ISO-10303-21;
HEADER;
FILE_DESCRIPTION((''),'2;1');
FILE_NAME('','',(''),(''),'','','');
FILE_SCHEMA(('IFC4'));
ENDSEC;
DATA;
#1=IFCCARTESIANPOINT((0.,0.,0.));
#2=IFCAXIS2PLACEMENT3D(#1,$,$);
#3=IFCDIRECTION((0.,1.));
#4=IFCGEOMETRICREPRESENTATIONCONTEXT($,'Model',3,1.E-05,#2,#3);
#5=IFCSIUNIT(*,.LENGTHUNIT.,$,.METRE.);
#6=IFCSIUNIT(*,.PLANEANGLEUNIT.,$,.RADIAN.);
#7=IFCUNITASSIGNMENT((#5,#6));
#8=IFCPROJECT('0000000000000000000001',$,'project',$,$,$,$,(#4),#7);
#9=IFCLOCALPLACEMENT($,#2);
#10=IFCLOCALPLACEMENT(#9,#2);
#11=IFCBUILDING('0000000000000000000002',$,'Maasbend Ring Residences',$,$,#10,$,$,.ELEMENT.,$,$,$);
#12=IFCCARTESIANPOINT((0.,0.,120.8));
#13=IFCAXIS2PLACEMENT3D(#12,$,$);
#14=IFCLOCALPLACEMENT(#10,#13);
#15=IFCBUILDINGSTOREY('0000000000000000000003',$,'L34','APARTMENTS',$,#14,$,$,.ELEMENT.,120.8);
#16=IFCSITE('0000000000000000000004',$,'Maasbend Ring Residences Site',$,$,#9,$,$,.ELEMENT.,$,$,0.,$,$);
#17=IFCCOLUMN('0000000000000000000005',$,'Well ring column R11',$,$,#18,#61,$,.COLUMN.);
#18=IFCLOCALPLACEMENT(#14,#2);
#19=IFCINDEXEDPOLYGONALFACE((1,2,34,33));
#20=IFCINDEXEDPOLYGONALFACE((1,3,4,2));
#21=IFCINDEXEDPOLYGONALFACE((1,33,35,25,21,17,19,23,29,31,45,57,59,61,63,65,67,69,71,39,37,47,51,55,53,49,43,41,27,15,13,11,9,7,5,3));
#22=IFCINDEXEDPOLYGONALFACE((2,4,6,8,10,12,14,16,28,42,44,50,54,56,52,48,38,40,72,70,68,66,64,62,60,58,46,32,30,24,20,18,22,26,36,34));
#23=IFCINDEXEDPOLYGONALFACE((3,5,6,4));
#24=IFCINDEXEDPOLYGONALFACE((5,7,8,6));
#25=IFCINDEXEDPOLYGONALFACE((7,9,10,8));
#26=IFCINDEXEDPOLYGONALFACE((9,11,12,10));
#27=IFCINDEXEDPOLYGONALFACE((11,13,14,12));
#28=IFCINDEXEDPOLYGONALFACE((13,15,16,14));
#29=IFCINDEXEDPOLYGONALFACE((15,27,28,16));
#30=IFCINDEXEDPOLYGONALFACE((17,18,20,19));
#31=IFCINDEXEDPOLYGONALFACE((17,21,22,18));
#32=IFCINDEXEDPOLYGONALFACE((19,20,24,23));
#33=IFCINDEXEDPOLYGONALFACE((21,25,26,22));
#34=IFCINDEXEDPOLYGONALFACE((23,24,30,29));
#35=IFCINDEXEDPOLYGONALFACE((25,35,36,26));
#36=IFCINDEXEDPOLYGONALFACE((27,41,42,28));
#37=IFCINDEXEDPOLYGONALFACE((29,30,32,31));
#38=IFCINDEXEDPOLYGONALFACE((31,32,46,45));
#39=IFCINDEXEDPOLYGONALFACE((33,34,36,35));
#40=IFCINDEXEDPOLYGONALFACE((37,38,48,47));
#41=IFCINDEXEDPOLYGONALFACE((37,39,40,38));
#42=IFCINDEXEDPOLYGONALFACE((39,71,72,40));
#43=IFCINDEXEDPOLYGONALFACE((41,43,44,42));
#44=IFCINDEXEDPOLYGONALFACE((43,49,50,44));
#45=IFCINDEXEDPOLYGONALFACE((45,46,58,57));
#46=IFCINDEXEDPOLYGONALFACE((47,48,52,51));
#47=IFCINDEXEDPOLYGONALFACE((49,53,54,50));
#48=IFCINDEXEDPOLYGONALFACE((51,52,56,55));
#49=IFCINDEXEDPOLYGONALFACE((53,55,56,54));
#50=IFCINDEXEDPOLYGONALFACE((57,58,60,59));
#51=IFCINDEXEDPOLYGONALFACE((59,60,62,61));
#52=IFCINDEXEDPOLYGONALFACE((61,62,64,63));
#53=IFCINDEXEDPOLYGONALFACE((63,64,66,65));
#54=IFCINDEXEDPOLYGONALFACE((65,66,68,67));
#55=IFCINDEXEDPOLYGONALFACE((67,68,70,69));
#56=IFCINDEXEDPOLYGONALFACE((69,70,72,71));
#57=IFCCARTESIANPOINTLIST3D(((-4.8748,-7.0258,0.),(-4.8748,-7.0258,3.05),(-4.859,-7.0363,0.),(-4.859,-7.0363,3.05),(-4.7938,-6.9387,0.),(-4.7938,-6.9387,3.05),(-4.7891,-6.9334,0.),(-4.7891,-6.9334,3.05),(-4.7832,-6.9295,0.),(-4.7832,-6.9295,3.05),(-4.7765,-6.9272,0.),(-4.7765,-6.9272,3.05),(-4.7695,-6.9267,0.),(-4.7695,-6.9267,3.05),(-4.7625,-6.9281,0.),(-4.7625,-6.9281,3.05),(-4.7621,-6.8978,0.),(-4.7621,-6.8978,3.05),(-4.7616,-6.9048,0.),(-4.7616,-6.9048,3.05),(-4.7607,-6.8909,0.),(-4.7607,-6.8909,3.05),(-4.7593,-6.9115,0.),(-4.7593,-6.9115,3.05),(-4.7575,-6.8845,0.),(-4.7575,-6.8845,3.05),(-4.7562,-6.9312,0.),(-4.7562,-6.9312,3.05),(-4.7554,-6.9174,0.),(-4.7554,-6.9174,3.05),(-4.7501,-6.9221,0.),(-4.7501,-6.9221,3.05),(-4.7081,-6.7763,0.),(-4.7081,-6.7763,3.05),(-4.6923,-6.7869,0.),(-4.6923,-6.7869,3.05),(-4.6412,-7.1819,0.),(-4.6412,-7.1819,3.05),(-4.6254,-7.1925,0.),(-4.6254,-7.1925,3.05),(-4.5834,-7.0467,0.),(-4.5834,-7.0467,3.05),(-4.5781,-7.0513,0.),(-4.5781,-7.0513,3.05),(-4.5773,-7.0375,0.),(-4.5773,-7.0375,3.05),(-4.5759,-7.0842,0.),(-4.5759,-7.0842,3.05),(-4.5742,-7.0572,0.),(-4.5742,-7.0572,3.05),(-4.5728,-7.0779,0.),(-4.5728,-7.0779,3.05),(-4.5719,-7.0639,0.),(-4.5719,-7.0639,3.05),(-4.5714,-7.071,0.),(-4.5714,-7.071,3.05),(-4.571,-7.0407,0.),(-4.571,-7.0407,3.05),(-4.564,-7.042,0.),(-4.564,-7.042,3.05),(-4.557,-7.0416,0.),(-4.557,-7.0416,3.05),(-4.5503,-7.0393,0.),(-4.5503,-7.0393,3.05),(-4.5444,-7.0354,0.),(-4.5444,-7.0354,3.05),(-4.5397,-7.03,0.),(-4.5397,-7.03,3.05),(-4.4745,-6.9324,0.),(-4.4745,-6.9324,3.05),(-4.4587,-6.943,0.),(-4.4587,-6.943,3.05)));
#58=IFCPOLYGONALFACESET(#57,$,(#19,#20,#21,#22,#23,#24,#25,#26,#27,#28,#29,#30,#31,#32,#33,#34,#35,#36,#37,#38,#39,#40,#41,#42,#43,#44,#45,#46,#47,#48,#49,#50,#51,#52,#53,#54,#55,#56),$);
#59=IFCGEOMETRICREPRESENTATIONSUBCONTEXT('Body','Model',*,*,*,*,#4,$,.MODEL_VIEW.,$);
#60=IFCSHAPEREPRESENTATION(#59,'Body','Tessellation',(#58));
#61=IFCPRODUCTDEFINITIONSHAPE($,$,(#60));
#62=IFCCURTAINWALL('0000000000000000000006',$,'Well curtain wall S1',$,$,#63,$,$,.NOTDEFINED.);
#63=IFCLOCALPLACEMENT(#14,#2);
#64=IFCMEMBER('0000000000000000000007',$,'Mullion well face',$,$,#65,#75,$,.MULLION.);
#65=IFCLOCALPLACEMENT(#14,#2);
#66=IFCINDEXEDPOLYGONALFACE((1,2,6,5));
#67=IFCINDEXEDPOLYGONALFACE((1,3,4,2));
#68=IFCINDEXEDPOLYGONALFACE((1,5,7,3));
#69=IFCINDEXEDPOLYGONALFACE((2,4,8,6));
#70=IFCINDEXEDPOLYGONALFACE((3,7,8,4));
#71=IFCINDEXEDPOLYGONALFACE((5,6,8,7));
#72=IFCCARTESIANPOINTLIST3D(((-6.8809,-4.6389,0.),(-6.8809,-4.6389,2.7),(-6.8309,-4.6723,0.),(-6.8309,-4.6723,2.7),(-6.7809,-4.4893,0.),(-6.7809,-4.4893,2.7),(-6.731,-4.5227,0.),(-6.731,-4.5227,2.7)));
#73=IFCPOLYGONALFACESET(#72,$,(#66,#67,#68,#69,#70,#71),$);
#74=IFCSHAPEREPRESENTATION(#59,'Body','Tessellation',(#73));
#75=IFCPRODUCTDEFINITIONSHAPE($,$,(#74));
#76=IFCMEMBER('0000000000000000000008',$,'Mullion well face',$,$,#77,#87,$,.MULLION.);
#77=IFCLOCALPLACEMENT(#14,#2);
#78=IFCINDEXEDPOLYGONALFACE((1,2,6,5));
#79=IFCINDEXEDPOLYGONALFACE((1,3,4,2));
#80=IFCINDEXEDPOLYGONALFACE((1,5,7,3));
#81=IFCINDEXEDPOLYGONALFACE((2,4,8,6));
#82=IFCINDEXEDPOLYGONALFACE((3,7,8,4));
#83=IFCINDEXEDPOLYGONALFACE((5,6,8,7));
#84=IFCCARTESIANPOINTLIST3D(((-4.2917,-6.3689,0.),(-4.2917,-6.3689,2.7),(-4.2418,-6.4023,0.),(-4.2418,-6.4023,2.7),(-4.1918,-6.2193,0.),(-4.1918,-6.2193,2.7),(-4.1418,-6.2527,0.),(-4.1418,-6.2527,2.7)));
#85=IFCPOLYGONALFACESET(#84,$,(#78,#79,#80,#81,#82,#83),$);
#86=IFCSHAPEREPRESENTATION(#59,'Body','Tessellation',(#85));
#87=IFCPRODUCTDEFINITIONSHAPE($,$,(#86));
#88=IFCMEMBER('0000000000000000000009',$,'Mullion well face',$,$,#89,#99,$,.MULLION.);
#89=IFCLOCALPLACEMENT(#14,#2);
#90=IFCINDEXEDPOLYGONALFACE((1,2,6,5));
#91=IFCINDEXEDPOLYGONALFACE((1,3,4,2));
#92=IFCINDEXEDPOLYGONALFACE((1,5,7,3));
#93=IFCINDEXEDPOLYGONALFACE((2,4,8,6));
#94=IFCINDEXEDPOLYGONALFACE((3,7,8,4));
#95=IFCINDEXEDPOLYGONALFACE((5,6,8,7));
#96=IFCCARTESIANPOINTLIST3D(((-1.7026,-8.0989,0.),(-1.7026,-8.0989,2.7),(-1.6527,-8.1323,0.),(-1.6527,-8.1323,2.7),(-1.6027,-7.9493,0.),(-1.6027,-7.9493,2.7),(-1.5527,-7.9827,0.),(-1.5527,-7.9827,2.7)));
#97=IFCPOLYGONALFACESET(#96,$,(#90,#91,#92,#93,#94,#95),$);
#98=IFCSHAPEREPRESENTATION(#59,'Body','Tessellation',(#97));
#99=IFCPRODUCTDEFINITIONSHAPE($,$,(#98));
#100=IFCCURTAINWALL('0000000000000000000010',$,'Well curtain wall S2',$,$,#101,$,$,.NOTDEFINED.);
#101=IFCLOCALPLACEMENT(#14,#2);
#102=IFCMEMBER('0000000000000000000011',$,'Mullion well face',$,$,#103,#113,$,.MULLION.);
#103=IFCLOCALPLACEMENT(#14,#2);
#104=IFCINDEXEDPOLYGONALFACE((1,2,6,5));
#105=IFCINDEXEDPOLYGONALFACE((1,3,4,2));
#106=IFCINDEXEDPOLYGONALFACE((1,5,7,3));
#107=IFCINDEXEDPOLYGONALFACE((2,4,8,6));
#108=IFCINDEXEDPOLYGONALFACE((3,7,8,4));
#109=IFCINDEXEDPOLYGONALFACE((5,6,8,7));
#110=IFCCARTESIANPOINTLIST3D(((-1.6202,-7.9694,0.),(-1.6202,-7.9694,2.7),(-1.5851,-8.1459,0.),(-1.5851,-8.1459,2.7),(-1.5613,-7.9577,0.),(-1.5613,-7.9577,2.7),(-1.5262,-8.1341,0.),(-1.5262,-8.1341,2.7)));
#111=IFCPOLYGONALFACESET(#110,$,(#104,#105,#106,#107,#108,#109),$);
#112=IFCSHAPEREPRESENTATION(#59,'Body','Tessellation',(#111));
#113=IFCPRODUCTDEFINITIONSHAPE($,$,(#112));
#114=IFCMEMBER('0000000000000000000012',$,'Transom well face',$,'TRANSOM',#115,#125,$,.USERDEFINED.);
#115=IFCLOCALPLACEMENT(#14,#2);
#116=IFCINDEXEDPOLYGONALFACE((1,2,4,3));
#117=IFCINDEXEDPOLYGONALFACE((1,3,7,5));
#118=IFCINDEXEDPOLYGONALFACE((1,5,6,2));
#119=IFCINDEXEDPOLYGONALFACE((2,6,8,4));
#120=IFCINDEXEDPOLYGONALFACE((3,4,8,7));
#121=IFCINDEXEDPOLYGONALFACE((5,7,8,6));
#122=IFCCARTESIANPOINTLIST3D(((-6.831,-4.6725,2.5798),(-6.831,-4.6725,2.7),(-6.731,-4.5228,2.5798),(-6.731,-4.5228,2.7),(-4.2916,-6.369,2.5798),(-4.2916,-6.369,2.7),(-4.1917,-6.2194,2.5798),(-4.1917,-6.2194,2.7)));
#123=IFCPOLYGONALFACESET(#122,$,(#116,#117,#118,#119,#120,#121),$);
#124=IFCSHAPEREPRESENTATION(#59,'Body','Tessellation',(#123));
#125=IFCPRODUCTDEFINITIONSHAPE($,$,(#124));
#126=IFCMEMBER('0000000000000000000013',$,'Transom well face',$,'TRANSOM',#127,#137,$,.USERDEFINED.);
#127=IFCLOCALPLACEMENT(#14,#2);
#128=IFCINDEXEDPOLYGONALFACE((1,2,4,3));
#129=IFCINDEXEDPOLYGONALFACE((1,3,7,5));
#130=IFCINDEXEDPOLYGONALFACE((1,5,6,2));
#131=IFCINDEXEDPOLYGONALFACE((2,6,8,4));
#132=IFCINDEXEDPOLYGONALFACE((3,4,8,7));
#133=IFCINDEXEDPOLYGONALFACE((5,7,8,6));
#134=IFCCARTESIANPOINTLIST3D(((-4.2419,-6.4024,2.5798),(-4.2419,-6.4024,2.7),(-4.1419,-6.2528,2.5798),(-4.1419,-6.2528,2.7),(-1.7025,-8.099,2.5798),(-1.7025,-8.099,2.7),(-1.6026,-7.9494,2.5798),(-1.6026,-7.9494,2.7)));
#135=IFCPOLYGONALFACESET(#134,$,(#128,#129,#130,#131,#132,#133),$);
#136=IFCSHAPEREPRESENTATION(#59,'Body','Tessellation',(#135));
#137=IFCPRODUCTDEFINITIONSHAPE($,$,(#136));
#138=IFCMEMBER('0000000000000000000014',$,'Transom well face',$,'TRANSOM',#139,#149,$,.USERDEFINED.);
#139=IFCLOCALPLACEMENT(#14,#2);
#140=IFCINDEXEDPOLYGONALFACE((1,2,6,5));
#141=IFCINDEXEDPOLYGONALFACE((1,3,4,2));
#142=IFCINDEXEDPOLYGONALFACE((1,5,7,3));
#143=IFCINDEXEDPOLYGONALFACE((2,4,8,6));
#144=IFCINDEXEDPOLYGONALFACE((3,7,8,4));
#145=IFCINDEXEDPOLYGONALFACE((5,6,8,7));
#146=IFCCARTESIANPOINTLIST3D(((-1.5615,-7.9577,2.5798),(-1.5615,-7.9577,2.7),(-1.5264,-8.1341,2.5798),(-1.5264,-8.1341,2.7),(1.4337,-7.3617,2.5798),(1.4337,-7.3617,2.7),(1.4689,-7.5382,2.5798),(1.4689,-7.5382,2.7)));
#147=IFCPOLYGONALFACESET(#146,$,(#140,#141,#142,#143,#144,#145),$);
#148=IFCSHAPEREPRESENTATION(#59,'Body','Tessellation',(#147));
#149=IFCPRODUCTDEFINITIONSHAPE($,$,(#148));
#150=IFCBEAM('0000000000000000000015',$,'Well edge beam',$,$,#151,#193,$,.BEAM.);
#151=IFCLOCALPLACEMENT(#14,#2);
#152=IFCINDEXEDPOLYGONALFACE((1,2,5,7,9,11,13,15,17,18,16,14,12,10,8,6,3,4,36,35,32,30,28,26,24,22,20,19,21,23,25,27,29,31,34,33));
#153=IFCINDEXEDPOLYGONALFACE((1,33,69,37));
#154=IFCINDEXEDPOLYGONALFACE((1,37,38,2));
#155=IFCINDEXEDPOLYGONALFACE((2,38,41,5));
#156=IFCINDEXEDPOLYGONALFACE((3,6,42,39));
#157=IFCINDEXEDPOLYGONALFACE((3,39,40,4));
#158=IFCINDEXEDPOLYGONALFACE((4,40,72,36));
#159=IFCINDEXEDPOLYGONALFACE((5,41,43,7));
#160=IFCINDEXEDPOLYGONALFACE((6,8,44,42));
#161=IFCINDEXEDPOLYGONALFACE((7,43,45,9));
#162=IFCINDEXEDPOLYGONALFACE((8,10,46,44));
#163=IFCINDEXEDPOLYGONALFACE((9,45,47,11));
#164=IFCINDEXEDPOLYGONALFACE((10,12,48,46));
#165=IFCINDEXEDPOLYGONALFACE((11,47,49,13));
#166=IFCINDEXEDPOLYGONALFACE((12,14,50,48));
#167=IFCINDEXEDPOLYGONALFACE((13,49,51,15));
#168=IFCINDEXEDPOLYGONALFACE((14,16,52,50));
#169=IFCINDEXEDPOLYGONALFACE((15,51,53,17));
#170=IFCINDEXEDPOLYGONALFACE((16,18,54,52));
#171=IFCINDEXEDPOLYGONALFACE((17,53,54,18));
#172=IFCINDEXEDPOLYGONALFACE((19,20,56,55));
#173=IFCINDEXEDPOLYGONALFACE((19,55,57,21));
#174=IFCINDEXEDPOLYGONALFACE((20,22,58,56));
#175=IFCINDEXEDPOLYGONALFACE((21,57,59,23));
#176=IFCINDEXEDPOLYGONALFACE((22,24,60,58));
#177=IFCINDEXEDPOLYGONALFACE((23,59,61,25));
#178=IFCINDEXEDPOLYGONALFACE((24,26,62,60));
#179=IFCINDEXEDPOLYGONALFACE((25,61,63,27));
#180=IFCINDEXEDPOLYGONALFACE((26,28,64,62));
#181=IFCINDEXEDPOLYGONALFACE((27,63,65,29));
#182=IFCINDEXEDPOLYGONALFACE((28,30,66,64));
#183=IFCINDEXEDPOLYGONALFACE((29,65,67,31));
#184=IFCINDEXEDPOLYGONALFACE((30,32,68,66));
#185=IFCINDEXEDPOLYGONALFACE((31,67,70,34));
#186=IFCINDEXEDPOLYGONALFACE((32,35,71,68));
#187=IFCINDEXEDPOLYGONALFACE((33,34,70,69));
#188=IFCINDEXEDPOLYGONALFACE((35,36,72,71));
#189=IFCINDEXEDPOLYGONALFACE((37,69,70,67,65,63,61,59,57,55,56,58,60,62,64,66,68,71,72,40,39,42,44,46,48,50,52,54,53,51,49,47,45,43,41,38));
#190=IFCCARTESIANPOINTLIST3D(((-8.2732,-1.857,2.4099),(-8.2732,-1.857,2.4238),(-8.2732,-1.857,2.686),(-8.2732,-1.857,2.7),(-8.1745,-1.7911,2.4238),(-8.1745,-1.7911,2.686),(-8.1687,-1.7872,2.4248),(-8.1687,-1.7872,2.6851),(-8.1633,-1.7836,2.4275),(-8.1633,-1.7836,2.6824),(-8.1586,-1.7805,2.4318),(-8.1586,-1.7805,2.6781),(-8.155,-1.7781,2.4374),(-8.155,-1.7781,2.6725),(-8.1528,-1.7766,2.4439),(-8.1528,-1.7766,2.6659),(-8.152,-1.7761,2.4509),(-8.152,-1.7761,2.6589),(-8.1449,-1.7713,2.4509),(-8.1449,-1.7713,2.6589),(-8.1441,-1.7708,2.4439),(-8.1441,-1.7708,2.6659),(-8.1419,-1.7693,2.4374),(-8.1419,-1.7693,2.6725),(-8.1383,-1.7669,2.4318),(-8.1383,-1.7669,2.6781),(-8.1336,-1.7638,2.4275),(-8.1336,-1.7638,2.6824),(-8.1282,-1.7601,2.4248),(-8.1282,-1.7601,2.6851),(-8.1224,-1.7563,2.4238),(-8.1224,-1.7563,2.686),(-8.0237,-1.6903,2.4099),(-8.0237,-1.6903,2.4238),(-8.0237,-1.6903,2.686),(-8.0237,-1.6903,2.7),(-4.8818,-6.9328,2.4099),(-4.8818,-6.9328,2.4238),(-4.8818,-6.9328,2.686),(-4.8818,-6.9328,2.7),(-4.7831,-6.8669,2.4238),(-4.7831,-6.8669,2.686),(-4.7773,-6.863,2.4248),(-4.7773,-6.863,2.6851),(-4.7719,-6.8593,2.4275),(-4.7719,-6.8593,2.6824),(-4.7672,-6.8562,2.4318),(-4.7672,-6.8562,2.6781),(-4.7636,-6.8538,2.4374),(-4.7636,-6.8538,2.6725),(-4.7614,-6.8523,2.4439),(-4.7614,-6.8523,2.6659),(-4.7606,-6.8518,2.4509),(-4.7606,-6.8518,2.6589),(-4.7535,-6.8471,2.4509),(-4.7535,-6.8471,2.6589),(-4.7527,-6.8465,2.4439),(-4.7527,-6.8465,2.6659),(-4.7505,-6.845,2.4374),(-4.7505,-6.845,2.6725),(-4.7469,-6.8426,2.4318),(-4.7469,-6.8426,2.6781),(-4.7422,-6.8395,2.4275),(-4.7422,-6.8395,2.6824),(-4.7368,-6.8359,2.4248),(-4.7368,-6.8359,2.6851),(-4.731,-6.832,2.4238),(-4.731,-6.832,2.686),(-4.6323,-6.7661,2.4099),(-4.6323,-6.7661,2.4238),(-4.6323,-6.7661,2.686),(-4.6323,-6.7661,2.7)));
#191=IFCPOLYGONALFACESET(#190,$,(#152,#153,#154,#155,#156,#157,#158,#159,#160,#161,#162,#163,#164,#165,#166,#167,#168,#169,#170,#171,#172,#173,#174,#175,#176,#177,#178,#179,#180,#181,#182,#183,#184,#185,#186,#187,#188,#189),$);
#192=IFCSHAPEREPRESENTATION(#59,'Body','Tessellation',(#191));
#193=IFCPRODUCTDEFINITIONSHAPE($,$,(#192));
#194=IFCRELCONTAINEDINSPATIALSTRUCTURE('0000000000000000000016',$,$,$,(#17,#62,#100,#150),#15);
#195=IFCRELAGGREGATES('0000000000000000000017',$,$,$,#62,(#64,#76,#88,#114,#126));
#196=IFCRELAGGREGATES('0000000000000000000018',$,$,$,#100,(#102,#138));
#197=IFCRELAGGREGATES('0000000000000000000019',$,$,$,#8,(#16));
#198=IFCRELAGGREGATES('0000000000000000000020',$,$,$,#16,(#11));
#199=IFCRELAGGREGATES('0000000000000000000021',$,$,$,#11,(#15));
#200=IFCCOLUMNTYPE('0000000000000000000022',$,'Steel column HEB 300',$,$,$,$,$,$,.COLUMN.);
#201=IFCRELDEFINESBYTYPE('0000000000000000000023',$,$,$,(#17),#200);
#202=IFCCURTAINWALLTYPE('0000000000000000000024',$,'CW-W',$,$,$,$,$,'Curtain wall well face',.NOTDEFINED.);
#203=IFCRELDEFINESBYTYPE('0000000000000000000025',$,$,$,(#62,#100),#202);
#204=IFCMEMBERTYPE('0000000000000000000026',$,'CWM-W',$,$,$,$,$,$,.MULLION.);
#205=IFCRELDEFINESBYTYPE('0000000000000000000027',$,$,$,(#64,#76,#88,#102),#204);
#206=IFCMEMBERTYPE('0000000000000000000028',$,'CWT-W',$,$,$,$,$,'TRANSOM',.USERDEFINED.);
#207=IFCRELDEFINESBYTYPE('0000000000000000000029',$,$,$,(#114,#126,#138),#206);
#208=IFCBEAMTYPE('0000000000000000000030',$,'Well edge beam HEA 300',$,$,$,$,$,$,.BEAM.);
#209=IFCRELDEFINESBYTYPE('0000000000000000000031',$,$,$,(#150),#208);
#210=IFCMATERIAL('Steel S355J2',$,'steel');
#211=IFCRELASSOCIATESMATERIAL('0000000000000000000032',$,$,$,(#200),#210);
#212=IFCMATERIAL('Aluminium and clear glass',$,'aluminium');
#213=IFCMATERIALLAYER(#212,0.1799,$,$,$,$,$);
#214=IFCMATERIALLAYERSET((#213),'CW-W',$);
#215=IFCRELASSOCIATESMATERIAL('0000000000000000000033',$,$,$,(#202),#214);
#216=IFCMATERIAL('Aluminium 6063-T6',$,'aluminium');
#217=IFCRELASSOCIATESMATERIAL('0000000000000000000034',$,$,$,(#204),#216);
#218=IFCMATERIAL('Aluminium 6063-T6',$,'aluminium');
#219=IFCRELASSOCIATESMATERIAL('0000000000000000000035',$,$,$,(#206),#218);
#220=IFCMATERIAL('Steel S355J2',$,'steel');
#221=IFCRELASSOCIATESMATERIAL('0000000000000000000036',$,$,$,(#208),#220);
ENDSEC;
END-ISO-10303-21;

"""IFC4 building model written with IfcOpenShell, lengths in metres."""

from ifc_helpers import new_model, si_unit, direction, frame, origin, origin_2d, place, context, subcontext, project, spatial, rectangle, i_section, extrude, material, layer, layer_set, material_profile, profile_set, type_object, element, aggregate, save


model = new_model("IFC4")

# Units and contexts
model_context = context("Model", 3, precision=1e-05, world=origin(), true_north=direction((0.0, 1.0)))
body_context = subcontext(model_context, "Body", "Model", "MODEL_VIEW")
ifc_project = project(units=[si_unit("LENGTHUNIT", "METRE"), si_unit("PLANEANGLEUNIT", "RADIAN")], contexts=[model_context])

# Site, building, storey
site_placement = place(None, origin())
site = spatial("IfcSite", under=ifc_project, at=site_placement, Name="Maasbend Ring Residences Site", CompositionType="ELEMENT", RefElevation=0.0)
building_placement = place(site_placement, origin())
building = spatial("IfcBuilding", under=site, at=building_placement, Name="Maasbend Ring Residences", CompositionType="ELEMENT")
storey_placement = place(building_placement, frame((0.0, 0.0, 120.8)))
storey = spatial("IfcBuildingStorey", under=building, at=storey_placement, Name="L34", Description="APARTMENTS", CompositionType="ELEMENT", Elevation=120.8)

# Column
ifc_material_1 = material(Name="Steel S355J2", Category="steel")
ifc_material_profile_1 = material_profile(ifc_material_1, i_section(OverallWidth=0.3, OverallDepth=0.3, WebThickness=0.011, FlangeThickness=0.019, FilletRadius=0.0271, at=origin_2d()), Name="HEB 300")
ifc_profile_set_1 = profile_set([ifc_material_profile_1], Name="Steel S355J2")
column_type = type_object("IfcColumnType", Name="Steel column HEB 300", PredefinedType="COLUMN", material=ifc_profile_set_1)
column_placement = place(storey_placement, frame((-4.6667, -6.9844, 0.0), z_axis=(0.0, 0.0, 1.0), x_axis=(-0.55557, -0.83147, 0.0)))
element("IfcColumn", 1, at=column_placement, inside=storey, type_object=column_type, Name="Well ring column R11", PredefinedType="COLUMN", context=body_context, shape_type="SweptSolid", body=[
    extrude(i_section(OverallWidth=0.3, OverallDepth=0.3, WebThickness=0.011, FlangeThickness=0.019, FilletRadius=0.0271, at=origin_2d()), origin(), (0.0, 0.0, 1.0), 3.05),
])

# Curtain wall, members
ifc_material_2 = material(Name="Aluminium and clear glass", Category="aluminium")
ifc_layer_1 = layer(ifc_material_2, 0.1799)
ifc_layer_set_1 = layer_set([ifc_layer_1], Name="CW-W")
curtain_wall_type = type_object("IfcCurtainWallType", Name="CW-W", ElementType="Curtain wall well face", PredefinedType="NOTDEFINED", material=ifc_layer_set_1)
curtain_wall_1_placement = place(storey_placement, origin())
curtain_wall_1 = element("IfcCurtainWall", 2, at=curtain_wall_1_placement, inside=storey, type_object=curtain_wall_type, Name="Well curtain wall S1", PredefinedType="NOTDEFINED")
ifc_material_3 = material(Name="Aluminium 6063-T6", Category="aluminium")
ifc_material_profile_2 = material_profile(ifc_material_3, rectangle(XDim=0.1799, YDim=0.0601, at=origin_2d()), Name="AL 180x60")
ifc_profile_set_2 = profile_set([ifc_material_profile_2], Name="Aluminium 6063-T6")
member_type_1 = type_object("IfcMemberType", Name="CWM-W", PredefinedType="MULLION", material=ifc_profile_set_2)
member_1_placement = place(storey_placement, frame((-6.8059, -4.5808, 0.0), z_axis=(0.0, 0.0, 1.0), x_axis=(0.55557, 0.83147, 0.0)))
member_1 = element("IfcMember", 3, at=member_1_placement, type_object=member_type_1, Name="Mullion well face", PredefinedType="MULLION", context=body_context, shape_type="SweptSolid", body=[
    extrude(rectangle(XDim=0.1799, YDim=0.0601, at=origin_2d()), origin(), (0.0, 0.0, 1.0), 2.7),
])
member_2_placement = place(storey_placement, frame((-4.2168, -6.3108, 0.0), z_axis=(0.0, 0.0, 1.0), x_axis=(0.55557, 0.83147, 0.0)))
member_2 = element("IfcMember", 4, at=member_2_placement, type_object=member_type_1, Name="Mullion well face", PredefinedType="MULLION", context=body_context, shape_type="SweptSolid", body=[
    extrude(rectangle(XDim=0.1799, YDim=0.0601, at=origin_2d()), origin(), (0.0, 0.0, 1.0), 2.7),
])
member_3_placement = place(storey_placement, frame((-1.6277, -8.0408, 0.0), z_axis=(0.0, 0.0, 1.0), x_axis=(0.55557, 0.83147, 0.0)))
member_3 = element("IfcMember", 5, at=member_3_placement, type_object=member_type_1, Name="Mullion well face", PredefinedType="MULLION", context=body_context, shape_type="SweptSolid", body=[
    extrude(rectangle(XDim=0.1799, YDim=0.0601, at=origin_2d()), origin(), (0.0, 0.0, 1.0), 2.7),
])

# Curtain wall, member
curtain_wall_2_placement = place(storey_placement, origin())
curtain_wall_2 = element("IfcCurtainWall", 6, at=curtain_wall_2_placement, inside=storey, type_object=curtain_wall_type, Name="Well curtain wall S2", PredefinedType="NOTDEFINED")
member_4_placement = place(storey_placement, frame((-1.5732, -8.0518, 0.0), z_axis=(0.0, 0.0, 1.0), x_axis=(-0.19509, 0.980785, 0.0)))
member_4 = element("IfcMember", 7, at=member_4_placement, type_object=member_type_1, Name="Mullion well face", PredefinedType="MULLION", context=body_context, shape_type="SweptSolid", body=[
    extrude(rectangle(XDim=0.1799, YDim=0.0601, at=origin_2d()), origin(), (0.0, 0.0, 1.0), 2.7),
])

# Members
ifc_material_4 = material(Name="Aluminium 6063-T6", Category="aluminium")
ifc_material_profile_3 = material_profile(ifc_material_4, rectangle(XDim=0.1799, YDim=0.1201, at=origin_2d()), Name="AL 180x120")
ifc_profile_set_3 = profile_set([ifc_material_profile_3], Name="Aluminium 6063-T6")
member_type_2 = type_object("IfcMemberType", Name="CWT-W", ElementType="TRANSOM", PredefinedType="USERDEFINED", material=ifc_profile_set_3)
member_5_placement = place(storey_placement, frame((-6.781, -4.5977, 2.6399), z_axis=(0.831496, -0.55553, 0.0), x_axis=(0.55553, 0.831496, 0.0)))
member_5 = element("IfcMember", 8, at=member_5_placement, type_object=member_type_2, Name="Transom well face", ObjectType="TRANSOM", PredefinedType="USERDEFINED", context=body_context, shape_type="SweptSolid", body=[
    extrude(rectangle(XDim=0.1799, YDim=0.1201, at=origin_2d()), origin(), (0.0, 0.0, 1.0), 3.054),
])
member_6_placement = place(storey_placement, frame((-4.1919, -6.3276, 2.6399), z_axis=(0.831496, -0.55553, 0.0), x_axis=(0.55553, 0.831496, 0.0)))
member_6 = element("IfcMember", 9, at=member_6_placement, type_object=member_type_2, Name="Transom well face", ObjectType="TRANSOM", PredefinedType="USERDEFINED", context=body_context, shape_type="SweptSolid", body=[
    extrude(rectangle(XDim=0.1799, YDim=0.1201, at=origin_2d()), origin(), (0.0, 0.0, 1.0), 3.054),
])
member_7_placement = place(storey_placement, frame((-1.5439, -8.0459, 2.6399), z_axis=(0.980777, 0.195132, 0.0), x_axis=(-0.195132, 0.980777, 0.0)))
member_7 = element("IfcMember", 10, at=member_7_placement, type_object=member_type_2, Name="Transom well face", ObjectType="TRANSOM", PredefinedType="USERDEFINED", context=body_context, shape_type="SweptSolid", body=[
    extrude(rectangle(XDim=0.1799, YDim=0.1201, at=origin_2d()), origin(), (0.0, 0.0, 1.0), 3.054),
])

# Beam
ifc_material_5 = material(Name="Steel S355J2", Category="steel")
ifc_material_profile_4 = material_profile(ifc_material_5, i_section(OverallWidth=0.3, OverallDepth=0.29, WebThickness=0.0085, FlangeThickness=0.0139, FilletRadius=0.0271, at=origin_2d()), Name="HEA 300")
ifc_profile_set_4 = profile_set([ifc_material_profile_4], Name="Steel S355J2")
beam_type = type_object("IfcBeamType", Name="Well edge beam HEA 300", PredefinedType="BEAM", material=ifc_profile_set_4)
beam_1_placement = place(storey_placement, frame((-8.1484, -1.7737, 2.5549), z_axis=(0.555558, -0.831478, 0.0), x_axis=(0.831478, 0.555558, 0.0)))
element("IfcBeam", 11, at=beam_1_placement, inside=storey, type_object=beam_type, Name="Well edge beam", PredefinedType="BEAM", context=body_context, shape_type="SweptSolid", body=[
    extrude(i_section(OverallWidth=0.3, OverallDepth=0.29, WebThickness=0.0085, FlangeThickness=0.0139, FilletRadius=0.0271, at=origin_2d()), origin(), (0.0, 0.0, 1.0), 6.1045),
])

aggregate(curtain_wall_1, [member_1, member_2, member_3, member_5, member_6])
aggregate(curtain_wall_2, [member_4, member_7])

save(model, "model.ifc")
